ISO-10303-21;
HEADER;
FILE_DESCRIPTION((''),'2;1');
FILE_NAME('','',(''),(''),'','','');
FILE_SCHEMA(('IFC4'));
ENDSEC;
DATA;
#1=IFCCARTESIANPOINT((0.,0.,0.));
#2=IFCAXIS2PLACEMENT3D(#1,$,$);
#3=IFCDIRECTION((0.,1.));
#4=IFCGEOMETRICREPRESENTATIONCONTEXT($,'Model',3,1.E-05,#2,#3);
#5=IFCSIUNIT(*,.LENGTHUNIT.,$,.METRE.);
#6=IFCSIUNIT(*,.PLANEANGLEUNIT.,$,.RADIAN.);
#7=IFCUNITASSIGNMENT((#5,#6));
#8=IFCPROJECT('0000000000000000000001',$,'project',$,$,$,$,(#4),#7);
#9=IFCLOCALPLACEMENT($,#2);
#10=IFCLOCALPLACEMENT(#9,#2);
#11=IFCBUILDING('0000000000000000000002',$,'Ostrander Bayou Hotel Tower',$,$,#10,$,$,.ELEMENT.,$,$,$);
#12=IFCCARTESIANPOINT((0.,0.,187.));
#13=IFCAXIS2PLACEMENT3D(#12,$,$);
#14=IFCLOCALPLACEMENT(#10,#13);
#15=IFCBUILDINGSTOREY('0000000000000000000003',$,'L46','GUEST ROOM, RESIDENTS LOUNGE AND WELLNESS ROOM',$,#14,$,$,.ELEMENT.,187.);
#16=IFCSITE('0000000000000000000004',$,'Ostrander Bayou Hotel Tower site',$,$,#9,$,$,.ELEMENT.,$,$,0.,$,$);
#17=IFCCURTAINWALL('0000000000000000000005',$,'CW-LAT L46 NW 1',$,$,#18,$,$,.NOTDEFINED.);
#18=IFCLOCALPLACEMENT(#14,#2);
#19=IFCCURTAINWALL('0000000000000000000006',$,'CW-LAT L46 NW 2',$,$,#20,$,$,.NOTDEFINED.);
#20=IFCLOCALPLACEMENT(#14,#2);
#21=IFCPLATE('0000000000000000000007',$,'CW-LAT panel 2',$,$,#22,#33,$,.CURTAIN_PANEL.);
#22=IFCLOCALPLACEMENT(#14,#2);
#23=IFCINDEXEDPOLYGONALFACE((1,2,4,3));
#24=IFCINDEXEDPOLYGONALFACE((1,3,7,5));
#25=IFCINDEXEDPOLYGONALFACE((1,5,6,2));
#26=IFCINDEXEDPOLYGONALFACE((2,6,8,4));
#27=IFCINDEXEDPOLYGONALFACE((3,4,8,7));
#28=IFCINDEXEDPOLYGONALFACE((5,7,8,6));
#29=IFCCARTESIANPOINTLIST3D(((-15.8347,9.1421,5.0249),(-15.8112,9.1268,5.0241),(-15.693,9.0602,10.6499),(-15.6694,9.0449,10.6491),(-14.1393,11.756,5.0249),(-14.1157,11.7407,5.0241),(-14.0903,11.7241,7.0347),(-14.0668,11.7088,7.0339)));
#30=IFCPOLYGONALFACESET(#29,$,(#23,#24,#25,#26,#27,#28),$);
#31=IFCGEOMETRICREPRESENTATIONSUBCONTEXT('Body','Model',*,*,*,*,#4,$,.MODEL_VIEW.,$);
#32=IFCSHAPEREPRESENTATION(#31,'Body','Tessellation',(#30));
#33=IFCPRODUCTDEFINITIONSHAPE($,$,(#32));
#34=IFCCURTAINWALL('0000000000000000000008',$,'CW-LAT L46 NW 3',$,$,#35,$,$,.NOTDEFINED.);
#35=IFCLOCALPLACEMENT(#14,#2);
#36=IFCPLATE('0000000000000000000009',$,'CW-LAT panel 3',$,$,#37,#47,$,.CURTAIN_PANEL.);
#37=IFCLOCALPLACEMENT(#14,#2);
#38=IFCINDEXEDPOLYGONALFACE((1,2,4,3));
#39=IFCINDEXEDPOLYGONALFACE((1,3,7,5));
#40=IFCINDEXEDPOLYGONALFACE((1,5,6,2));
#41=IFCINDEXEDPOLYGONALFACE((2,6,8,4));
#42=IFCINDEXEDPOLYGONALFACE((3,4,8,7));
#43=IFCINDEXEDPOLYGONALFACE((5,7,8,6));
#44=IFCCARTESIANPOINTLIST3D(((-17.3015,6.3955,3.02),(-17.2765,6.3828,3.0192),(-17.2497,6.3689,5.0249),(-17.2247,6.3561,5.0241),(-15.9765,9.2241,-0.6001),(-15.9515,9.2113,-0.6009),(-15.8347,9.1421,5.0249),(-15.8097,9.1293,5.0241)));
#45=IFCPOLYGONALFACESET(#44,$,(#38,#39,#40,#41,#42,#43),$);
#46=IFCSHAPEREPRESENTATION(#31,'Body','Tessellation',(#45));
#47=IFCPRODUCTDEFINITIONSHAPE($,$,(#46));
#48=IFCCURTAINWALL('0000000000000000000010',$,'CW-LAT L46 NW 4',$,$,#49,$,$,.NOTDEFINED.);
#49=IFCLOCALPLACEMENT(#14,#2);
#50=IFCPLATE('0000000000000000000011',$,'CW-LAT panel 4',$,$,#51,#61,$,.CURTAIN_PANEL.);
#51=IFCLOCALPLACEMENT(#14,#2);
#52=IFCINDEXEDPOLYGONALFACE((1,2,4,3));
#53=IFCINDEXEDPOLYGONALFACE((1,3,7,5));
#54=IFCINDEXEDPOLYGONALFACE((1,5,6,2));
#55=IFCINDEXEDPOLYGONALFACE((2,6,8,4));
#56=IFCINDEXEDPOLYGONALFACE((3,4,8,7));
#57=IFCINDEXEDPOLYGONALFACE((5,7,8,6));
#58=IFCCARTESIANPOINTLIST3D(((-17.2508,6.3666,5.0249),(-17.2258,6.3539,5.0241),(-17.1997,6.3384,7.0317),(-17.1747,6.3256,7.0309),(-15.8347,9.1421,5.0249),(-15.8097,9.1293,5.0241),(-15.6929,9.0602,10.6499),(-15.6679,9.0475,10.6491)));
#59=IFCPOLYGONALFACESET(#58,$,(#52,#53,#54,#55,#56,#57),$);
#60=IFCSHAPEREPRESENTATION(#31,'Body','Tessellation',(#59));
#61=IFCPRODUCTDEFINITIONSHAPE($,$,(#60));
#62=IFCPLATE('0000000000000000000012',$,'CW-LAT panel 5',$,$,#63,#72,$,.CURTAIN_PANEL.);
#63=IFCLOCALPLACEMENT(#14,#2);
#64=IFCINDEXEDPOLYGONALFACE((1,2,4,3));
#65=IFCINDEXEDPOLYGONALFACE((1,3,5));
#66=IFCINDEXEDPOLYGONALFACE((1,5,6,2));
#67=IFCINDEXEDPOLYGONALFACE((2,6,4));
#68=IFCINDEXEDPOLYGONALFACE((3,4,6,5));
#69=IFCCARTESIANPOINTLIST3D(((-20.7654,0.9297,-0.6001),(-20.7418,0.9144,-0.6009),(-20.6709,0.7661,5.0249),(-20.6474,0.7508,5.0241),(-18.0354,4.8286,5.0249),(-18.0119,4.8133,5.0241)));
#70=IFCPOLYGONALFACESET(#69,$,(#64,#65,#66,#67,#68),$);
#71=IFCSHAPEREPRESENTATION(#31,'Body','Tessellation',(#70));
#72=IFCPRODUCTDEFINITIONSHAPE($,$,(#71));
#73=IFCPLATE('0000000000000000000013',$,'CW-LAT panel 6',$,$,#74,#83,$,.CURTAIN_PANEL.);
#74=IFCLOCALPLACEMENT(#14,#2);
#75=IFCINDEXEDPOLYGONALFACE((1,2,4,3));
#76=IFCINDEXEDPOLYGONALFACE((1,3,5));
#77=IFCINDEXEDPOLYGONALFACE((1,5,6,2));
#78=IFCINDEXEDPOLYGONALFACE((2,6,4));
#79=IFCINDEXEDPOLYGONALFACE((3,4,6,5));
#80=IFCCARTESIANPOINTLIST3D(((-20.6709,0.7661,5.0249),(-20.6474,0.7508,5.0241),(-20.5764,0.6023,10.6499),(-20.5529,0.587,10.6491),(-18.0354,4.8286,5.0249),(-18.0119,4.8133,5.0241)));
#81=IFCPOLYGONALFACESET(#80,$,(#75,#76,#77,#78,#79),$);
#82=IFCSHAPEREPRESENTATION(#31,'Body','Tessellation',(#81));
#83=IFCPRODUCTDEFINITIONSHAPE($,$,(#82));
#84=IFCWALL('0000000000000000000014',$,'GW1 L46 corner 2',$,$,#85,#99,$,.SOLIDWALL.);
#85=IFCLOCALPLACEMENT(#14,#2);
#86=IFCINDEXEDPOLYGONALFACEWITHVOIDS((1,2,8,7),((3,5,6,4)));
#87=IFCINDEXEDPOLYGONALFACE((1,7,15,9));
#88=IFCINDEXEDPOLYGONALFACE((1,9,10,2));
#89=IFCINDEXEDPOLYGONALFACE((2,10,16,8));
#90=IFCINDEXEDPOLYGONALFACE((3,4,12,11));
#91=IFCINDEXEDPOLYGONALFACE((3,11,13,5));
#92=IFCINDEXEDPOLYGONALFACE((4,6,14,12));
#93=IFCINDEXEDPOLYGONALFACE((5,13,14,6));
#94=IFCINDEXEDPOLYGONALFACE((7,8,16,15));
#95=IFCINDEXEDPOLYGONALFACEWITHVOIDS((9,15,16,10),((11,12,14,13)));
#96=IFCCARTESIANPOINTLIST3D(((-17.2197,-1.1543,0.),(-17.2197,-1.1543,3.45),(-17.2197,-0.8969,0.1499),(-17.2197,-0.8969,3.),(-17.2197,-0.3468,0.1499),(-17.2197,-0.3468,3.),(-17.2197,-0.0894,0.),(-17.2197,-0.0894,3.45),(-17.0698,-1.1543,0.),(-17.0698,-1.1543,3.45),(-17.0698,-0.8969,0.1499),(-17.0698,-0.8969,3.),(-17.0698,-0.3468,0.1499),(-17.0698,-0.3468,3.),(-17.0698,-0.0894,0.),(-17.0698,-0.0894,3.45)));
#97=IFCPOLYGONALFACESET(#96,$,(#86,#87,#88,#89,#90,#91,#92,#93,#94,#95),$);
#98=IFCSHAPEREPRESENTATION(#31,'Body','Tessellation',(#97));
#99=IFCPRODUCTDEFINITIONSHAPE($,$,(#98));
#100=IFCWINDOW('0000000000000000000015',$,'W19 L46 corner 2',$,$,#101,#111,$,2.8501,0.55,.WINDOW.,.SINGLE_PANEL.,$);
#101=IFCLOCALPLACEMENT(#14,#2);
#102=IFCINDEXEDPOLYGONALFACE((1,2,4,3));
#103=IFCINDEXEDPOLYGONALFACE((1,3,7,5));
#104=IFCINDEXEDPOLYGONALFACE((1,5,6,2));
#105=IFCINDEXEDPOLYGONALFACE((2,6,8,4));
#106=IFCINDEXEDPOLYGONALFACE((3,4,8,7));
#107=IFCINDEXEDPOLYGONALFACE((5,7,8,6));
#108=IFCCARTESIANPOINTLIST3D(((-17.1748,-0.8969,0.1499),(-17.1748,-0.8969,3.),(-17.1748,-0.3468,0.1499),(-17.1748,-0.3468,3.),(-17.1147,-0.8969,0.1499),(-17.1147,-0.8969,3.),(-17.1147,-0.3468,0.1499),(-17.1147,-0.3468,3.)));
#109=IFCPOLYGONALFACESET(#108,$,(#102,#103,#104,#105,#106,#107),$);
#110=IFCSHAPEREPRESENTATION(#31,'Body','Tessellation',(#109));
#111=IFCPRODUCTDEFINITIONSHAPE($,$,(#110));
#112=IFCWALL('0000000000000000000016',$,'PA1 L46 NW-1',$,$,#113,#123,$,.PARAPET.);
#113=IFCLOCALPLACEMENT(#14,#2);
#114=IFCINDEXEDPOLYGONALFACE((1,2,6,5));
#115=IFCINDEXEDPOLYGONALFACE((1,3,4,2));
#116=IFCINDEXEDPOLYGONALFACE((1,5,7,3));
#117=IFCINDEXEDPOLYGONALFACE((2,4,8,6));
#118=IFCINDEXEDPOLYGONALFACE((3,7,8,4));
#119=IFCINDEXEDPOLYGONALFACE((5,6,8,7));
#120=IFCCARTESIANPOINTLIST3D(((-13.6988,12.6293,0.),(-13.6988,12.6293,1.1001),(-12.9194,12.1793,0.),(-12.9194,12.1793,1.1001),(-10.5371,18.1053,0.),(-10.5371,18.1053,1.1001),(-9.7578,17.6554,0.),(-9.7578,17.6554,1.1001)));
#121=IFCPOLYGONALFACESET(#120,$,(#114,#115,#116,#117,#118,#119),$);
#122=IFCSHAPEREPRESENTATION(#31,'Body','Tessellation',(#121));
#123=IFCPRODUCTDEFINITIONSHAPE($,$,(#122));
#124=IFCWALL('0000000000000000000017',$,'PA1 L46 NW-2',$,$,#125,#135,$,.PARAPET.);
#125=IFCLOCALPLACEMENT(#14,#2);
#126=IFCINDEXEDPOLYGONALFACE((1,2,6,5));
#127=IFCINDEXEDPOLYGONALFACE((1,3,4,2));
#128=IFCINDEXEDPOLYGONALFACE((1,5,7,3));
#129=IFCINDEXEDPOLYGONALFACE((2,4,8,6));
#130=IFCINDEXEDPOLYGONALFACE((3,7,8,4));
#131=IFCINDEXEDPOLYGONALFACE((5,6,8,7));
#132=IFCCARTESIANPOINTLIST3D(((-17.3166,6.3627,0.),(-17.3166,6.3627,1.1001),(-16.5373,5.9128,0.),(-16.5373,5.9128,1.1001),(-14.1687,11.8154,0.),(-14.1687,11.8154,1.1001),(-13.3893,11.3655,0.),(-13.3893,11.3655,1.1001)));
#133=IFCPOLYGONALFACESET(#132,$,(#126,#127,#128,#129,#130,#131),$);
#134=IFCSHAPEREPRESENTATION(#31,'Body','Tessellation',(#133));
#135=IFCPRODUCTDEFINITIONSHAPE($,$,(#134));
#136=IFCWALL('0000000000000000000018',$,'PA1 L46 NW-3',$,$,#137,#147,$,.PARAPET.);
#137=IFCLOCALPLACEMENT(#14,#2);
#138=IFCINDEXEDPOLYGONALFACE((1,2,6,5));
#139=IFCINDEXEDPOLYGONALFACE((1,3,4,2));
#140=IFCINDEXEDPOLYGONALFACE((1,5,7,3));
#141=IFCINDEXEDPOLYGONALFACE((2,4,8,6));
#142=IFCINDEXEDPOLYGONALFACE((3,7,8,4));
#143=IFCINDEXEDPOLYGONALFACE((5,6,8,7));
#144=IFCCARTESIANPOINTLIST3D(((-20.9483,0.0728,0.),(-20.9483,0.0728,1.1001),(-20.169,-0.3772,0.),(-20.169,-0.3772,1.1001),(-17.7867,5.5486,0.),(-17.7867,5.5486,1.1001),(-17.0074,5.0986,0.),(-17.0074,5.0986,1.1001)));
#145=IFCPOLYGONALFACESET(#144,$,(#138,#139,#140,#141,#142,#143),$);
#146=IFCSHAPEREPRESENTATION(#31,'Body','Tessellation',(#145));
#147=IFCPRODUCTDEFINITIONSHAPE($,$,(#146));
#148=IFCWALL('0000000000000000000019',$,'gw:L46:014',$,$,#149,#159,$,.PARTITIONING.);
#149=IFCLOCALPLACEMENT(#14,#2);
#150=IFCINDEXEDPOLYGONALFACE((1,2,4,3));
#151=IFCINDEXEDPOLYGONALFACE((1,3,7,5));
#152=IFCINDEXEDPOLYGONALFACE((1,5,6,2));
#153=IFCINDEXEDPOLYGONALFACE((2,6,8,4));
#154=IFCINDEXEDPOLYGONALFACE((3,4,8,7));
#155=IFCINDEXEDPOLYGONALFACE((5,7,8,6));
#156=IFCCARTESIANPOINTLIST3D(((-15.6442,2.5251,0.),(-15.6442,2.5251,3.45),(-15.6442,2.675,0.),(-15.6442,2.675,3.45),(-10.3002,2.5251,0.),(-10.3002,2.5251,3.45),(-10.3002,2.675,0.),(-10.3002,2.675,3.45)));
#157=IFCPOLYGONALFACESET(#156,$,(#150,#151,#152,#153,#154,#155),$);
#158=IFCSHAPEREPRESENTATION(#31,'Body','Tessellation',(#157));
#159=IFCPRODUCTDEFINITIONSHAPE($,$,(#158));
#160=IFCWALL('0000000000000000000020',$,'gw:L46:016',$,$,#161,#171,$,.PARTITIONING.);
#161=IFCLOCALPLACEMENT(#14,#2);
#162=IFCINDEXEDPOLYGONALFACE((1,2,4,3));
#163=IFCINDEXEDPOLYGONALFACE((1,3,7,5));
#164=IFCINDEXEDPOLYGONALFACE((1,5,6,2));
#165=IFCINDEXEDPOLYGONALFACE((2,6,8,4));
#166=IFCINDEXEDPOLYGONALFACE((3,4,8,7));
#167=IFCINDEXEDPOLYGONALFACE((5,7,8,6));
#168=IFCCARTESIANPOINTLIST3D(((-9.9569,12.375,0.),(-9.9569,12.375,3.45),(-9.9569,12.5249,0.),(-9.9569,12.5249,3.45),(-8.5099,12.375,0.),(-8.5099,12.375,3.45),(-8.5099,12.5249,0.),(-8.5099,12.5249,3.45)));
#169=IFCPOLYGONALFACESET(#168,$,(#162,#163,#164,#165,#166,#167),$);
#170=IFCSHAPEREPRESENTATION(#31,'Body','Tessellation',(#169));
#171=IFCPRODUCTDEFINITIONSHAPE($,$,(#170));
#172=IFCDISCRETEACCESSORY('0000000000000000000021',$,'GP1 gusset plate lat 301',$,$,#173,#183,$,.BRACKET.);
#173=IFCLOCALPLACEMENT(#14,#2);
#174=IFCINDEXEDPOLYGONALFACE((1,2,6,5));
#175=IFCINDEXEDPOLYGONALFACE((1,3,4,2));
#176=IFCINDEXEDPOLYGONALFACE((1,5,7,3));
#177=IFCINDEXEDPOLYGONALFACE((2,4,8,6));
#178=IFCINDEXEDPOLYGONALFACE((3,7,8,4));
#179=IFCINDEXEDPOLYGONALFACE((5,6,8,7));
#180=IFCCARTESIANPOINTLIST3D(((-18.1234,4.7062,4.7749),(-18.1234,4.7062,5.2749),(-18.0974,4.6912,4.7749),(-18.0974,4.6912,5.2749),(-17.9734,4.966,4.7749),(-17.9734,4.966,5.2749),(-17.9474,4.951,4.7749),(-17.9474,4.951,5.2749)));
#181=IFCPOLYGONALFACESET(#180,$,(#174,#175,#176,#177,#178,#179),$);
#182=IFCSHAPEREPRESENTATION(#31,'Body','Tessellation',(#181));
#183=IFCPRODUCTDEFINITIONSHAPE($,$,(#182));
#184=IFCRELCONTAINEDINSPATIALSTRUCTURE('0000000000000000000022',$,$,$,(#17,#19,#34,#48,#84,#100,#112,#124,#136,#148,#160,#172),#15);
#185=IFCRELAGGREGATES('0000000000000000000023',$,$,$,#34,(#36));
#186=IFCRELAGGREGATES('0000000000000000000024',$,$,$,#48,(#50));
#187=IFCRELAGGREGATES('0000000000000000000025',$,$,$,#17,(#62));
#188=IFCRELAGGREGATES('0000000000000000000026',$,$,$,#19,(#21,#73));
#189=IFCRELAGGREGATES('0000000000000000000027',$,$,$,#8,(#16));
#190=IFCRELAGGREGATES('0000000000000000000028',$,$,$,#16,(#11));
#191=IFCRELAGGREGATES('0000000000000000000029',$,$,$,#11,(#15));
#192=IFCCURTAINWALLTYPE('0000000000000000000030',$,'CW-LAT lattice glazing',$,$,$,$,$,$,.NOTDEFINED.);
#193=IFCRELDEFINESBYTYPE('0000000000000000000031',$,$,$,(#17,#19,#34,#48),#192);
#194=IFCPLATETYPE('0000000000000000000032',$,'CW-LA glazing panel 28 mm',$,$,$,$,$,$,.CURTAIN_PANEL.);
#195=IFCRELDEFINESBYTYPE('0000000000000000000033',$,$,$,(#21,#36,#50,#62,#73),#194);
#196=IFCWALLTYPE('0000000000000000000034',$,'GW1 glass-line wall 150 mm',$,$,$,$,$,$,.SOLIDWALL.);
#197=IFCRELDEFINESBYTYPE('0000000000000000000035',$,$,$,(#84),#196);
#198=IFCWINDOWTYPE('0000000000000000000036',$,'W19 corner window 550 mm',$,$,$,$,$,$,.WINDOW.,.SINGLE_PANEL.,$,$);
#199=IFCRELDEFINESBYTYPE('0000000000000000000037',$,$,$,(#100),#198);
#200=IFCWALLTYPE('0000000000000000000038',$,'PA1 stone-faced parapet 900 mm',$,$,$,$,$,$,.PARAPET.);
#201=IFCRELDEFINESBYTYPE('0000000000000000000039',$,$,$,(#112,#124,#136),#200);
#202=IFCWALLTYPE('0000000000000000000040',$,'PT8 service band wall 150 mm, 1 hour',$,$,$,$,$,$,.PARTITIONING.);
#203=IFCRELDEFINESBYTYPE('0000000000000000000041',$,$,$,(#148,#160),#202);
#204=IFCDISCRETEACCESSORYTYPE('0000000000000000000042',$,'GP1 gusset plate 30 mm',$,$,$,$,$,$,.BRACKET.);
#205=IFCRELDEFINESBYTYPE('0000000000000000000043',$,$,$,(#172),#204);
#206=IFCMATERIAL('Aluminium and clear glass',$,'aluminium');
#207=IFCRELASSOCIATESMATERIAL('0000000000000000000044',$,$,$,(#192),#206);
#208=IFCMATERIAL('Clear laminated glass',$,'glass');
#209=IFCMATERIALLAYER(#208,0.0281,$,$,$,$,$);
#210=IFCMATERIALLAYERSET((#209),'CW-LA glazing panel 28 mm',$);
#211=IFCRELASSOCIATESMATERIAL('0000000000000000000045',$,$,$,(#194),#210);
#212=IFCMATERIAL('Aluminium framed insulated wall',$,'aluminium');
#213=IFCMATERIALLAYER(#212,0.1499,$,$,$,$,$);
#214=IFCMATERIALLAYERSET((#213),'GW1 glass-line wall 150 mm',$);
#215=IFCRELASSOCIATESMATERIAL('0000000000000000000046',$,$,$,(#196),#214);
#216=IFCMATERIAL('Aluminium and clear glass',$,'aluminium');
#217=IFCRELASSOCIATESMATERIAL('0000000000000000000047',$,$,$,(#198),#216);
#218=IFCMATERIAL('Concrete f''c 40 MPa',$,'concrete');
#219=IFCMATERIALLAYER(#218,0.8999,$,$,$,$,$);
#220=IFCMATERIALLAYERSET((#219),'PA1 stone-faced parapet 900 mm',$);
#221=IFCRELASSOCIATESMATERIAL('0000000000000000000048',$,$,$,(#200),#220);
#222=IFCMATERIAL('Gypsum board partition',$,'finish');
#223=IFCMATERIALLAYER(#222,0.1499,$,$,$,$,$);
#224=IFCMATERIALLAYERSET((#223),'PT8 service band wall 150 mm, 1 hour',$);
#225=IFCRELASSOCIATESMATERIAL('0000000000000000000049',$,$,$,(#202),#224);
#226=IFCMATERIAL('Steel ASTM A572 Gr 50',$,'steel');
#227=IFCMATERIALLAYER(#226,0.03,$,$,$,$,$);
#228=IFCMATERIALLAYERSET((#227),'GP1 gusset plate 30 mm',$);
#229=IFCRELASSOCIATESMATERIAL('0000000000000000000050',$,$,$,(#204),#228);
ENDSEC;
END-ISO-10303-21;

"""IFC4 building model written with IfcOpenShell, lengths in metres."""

from ifc_helpers import new_model, si_unit, direction, frame, frame_2d, origin, origin_2d, place, context, subcontext, project, spatial, polyline, rectangle, outline, extrude, material, layer, layer_set, type_object, element, fill, aggregate, save


model = new_model("IFC4")

# Units and contexts
model_context = context("Model", 3, precision=1e-05, world=origin(), true_north=direction((0.0, 1.0)))
body_context = subcontext(model_context, "Body", "Model", "MODEL_VIEW")
ifc_project = project(units=[si_unit("LENGTHUNIT", "METRE"), si_unit("PLANEANGLEUNIT", "RADIAN")], contexts=[model_context])

# Site, building, storey
site_placement = place(None, origin())
site = spatial("IfcSite", under=ifc_project, at=site_placement, Name="Ostrander Bayou Hotel Tower site", CompositionType="ELEMENT", RefElevation=0.0)
building_placement = place(site_placement, origin())
building = spatial("IfcBuilding", under=site, at=building_placement, Name="Ostrander Bayou Hotel Tower", CompositionType="ELEMENT")
storey_placement = place(building_placement, frame((0.0, 0.0, 187.0)))
storey = spatial("IfcBuildingStorey", under=building, at=storey_placement, Name="L46", Description="GUEST ROOM, RESIDENTS LOUNGE AND WELLNESS ROOM", CompositionType="ELEMENT", Elevation=187.0)

# Curtain walls
ifc_material_1 = material(Name="Aluminium and clear glass", Category="aluminium")
curtain_wall_type = type_object("IfcCurtainWallType", Name="CW-LAT lattice glazing", PredefinedType="NOTDEFINED", material=ifc_material_1)
curtain_wall_1_placement = place(storey_placement, origin())
curtain_wall_1 = element("IfcCurtainWall", 1, at=curtain_wall_1_placement, inside=storey, type_object=curtain_wall_type, Name="CW-LAT L46 NW 1", PredefinedType="NOTDEFINED")
curtain_wall_2_placement = place(storey_placement, origin())
curtain_wall_2 = element("IfcCurtainWall", 2, at=curtain_wall_2_placement, inside=storey, type_object=curtain_wall_type, Name="CW-LAT L46 NW 2", PredefinedType="NOTDEFINED")

# Plate
ifc_material_2 = material(Name="Clear laminated glass", Category="glass")
ifc_layer_1 = layer(ifc_material_2, 0.0281)
ifc_layer_set_1 = layer_set([ifc_layer_1], Name="CW-LA glazing panel 28 mm")
plate_type = type_object("IfcPlateType", Name="CW-LA glazing panel 28 mm", PredefinedType="CURTAIN_PANEL", material=ifc_layer_set_1)
plate_1_placement = place(storey_placement, frame((-14.0903, 11.7241, 7.0347), z_axis=(-0.838617, 0.543947, 0.02905), x_axis=(-0.336118, -0.558694, 0.758212)))
plate_1 = element("IfcPlate", 3, at=plate_1_placement, type_object=plate_type, Name="CW-LAT panel 2", PredefinedType="CURTAIN_PANEL", context=body_context, shape_type="SweptSolid", body=[
    extrude(outline(polyline([(0.0, 0.0), (4.7681, 0.0), (0.5051, -3.6734), (-1.5252, -1.3101), (0.0, 0.0)])), origin(), (0.0, 0.0, -1.0), 0.0281),
])

# Curtain walls, plates
curtain_wall_3_placement = place(storey_placement, origin())
curtain_wall_3 = element("IfcCurtainWall", 4, at=curtain_wall_3_placement, inside=storey, type_object=curtain_wall_type, Name="CW-LAT L46 NW 3", PredefinedType="NOTDEFINED")
plate_2_placement = place(storey_placement, frame((-17.3015, 6.3955, 3.02), z_axis=(-0.89038, 0.454289, 0.029062), x_axis=(0.277122, 0.591578, -0.757125)))
plate_2 = element("IfcPlate", 5, at=plate_2_placement, type_object=plate_type, Name="CW-LAT panel 3", PredefinedType="CURTAIN_PANEL", context=body_context, shape_type="SweptSolid", body=[
    extrude(outline(polyline([(0.0, 0.0), (4.7814, 0.0), (0.5134, -3.6676), (-1.5193, -1.3094), (0.0, 0.0)])), origin(), (0.0, 0.0, -1.0), 0.0281),
])
aggregate(curtain_wall_3, [plate_2])
curtain_wall_4_placement = place(storey_placement, origin())
curtain_wall_4 = element("IfcCurtainWall", 6, at=curtain_wall_4_placement, inside=storey, type_object=curtain_wall_type, Name="CW-LAT L46 NW 4", PredefinedType="NOTDEFINED")
plate_3_placement = place(storey_placement, frame((-17.1997, 6.3384, 7.0317), z_axis=(-0.890384, 0.454282, 0.029056), x_axis=(0.315768, 0.570403, 0.758242)))
plate_3 = element("IfcPlate", 7, at=plate_3_placement, type_object=plate_type, Name="CW-LAT panel 4", PredefinedType="CURTAIN_PANEL", context=body_context, shape_type="SweptSolid", body=[
    extrude(outline(polyline([(0.0, 0.0), (4.7718, 0.0), (0.5086, 3.6732), (-1.5217, 1.3097), (0.0, 0.0)])), origin(), (0.0, 0.0, -1.0), 0.0281),
])
aggregate(curtain_wall_4, [plate_3])

# Plates
plate_4_placement = place(storey_placement, frame((-18.0354, 4.8286, 5.0249), z_axis=(-0.838552, 0.544, 0.029905), x_axis=(-0.370493, -0.529133, -0.763383)))
plate_4 = element("IfcPlate", 8, at=plate_4_placement, type_object=plate_type, Name="CW-LAT panel 5", PredefinedType="CURTAIN_PANEL", context=body_context, shape_type="SweptSolid", body=[
    extrude(outline(polyline([(0.0, 0.0), (7.3685, 0.0), (3.126, 3.6983), (0.0, 0.0)])), origin(), (0.0, 0.0, -1.0), 0.0281),
])
aggregate(curtain_wall_1, [plate_4])
plate_5_placement = place(storey_placement, frame((-18.0354, 4.8286, 5.0249), z_axis=(-0.838551, 0.544, 0.029928), x_axis=(-0.339681, -0.564972, 0.751947)))
plate_5 = element("IfcPlate", 9, at=plate_5_placement, type_object=plate_type, Name="CW-LAT panel 6", PredefinedType="CURTAIN_PANEL", context=body_context, shape_type="SweptSolid", body=[
    extrude(outline(polyline([(0.0, 0.0), (7.4806, 0.0), (3.1904, -3.6429), (0.0, 0.0)])), origin(), (0.0, 0.0, -1.0), 0.0281),
])
aggregate(curtain_wall_2, [plate_1, plate_5])

# Wall, opening, window
ifc_material_3 = material(Name="Aluminium framed insulated wall", Category="aluminium")
ifc_layer_2 = layer(ifc_material_3, 0.1499)
ifc_layer_set_2 = layer_set([ifc_layer_2], Name="GW1 glass-line wall 150 mm")
wall_type_1 = type_object("IfcWallType", Name="GW1 glass-line wall 150 mm", PredefinedType="SOLIDWALL", material=ifc_layer_set_2)
wall_1_placement = place(storey_placement, frame((-17.1448, -0.0894, 0.0), z_axis=(0.0, 0.0, 1.0), x_axis=(0.0, -1.0, 0.0)))
wall_1 = element("IfcWall", 10, at=wall_1_placement, inside=storey, type_object=wall_type_1, Name="GW1 L46 corner 2", PredefinedType="SOLIDWALL", context=body_context, shape_type="SweptSolid", body=[
    extrude(rectangle(XDim=1.0649, YDim=0.1499, at=frame_2d((0.5325, 0.0))), origin(), (0.0, 0.0, 1.0), 3.45),
])
opening_placement = place(wall_1_placement, frame((0.2576, 0.0, 0.1499)))
opening = element("IfcOpeningElement", 11, at=opening_placement, cuts=wall_1, PredefinedType="OPENING", context=body_context, shape_type="SweptSolid", body=[
    extrude(rectangle(XDim=0.55, YDim=2.8501, at=frame_2d((0.2749, 1.425))), frame((0.0, 0.075, 0.0), z_axis=(0.0, -1.0, 0.0), x_axis=(1.0, 0.0, 0.0)), (0.0, 0.0, 1.0), 0.1499),
])
ifc_material_4 = material(Name="Aluminium and clear glass", Category="aluminium")
window_type = type_object("IfcWindowType", Name="W19 corner window 550 mm", PartitioningType="SINGLE_PANEL", PredefinedType="WINDOW", material=ifc_material_4)
window_placement = place(opening_placement, origin())
window = element("IfcWindow", 12, at=window_placement, inside=storey, type_object=window_type, Name="W19 L46 corner 2", OverallHeight=2.8501, OverallWidth=0.55, PartitioningType="SINGLE_PANEL", PredefinedType="WINDOW", context=body_context, shape_type="SweptSolid", body=[
    extrude(rectangle(XDim=0.55, YDim=2.8501, at=frame_2d((0.2749, 1.425))), frame((0.0, 0.03, 0.0), z_axis=(0.0, -1.0, 0.0), x_axis=(1.0, 0.0, 0.0)), (0.0, 0.0, 1.0), 0.0601),
])
fill(opening, window)

# Walls
ifc_material_5 = material(Name="Concrete f'c 40 MPa", Category="concrete")
ifc_layer_3 = layer(ifc_material_5, 0.8999)
ifc_layer_set_3 = layer_set([ifc_layer_3], Name="PA1 stone-faced parapet 900 mm")
wall_type_2 = type_object("IfcWallType", Name="PA1 stone-faced parapet 900 mm", PredefinedType="PARAPET", material=ifc_layer_set_3)
wall_2_placement = place(storey_placement, frame((-10.1475, 17.8804, 0.0), z_axis=(0.0, 0.0, 1.0), x_axis=(-0.500001, -0.866025, 0.0)))
element("IfcWall", 13, at=wall_2_placement, inside=storey, type_object=wall_type_2, Name="PA1 L46 NW-1", PredefinedType="PARAPET", context=body_context, shape_type="SweptSolid", body=[
    extrude(rectangle(XDim=6.3232, YDim=0.8999, at=frame_2d((3.1616, 0.0))), origin(), (0.0, 0.0, 1.0), 1.1001),
])
wall_3_placement = place(storey_placement, frame((-13.7791, 11.5903, 0.0), z_axis=(0.0, 0.0, 1.0), x_axis=(-0.499984, -0.866034, 0.0)))
element("IfcWall", 14, at=wall_3_placement, inside=storey, type_object=wall_type_2, Name="PA1 L46 NW-2", PredefinedType="PARAPET", context=body_context, shape_type="SweptSolid", body=[
    extrude(rectangle(XDim=6.2961, YDim=0.8999, at=frame_2d((3.1479, 0.0))), origin(), (0.0, 0.0, 1.0), 1.1001),
])
wall_4_placement = place(storey_placement, frame((-17.397, 5.3237, 0.0), z_axis=(0.0, 0.0, 1.0), x_axis=(-0.500018, -0.866015, 0.0)))
element("IfcWall", 15, at=wall_4_placement, inside=storey, type_object=wall_type_2, Name="PA1 L46 NW-3", PredefinedType="PARAPET", context=body_context, shape_type="SweptSolid", body=[
    extrude(rectangle(XDim=6.323, YDim=0.8999, at=frame_2d((3.1616, 0.0))), origin(), (0.0, 0.0, 1.0), 1.1001),
])
ifc_material_6 = material(Name="Gypsum board partition", Category="finish")
ifc_layer_4 = layer(ifc_material_6, 0.1499)
ifc_layer_set_4 = layer_set([ifc_layer_4], Name="PT8 service band wall 150 mm, 1 hour")
wall_type_3 = type_object("IfcWallType", Name="PT8 service band wall 150 mm, 1 hour", PredefinedType="PARTITIONING", material=ifc_layer_set_4)
wall_5_placement = place(storey_placement, frame((-15.644, 2.6001, 0.0), z_axis=(0.0, 0.0, 1.0), x_axis=(1.0, 0.0, 0.0)))
element("IfcWall", 16, at=wall_5_placement, inside=storey, type_object=wall_type_3, Name="gw:L46:014", PredefinedType="PARTITIONING", context=body_context, shape_type="SweptSolid", body=[
    extrude(rectangle(XDim=5.344, YDim=0.1499, at=frame_2d((2.6719, 0.0))), origin(), (0.0, 0.0, 1.0), 3.45),
])
wall_6_placement = place(storey_placement, frame((-9.957, 12.45, 0.0), z_axis=(0.0, 0.0, 1.0), x_axis=(1.0, 0.0, 0.0)))
element("IfcWall", 17, at=wall_6_placement, inside=storey, type_object=wall_type_3, Name="gw:L46:016", PredefinedType="PARTITIONING", context=body_context, shape_type="SweptSolid", body=[
    extrude(rectangle(XDim=1.447, YDim=0.1499, at=frame_2d((0.7236, 0.0))), origin(), (0.0, 0.0, 1.0), 3.45),
])

# Discrete accessory
ifc_material_7 = material(Name="Steel ASTM A572 Gr 50", Category="steel")
ifc_layer_5 = layer(ifc_material_7, 0.03)
ifc_layer_set_5 = layer_set([ifc_layer_5], Name="GP1 gusset plate 30 mm")
discrete_accessory_type = type_object("IfcDiscreteAccessoryType", Name="GP1 gusset plate 30 mm", PredefinedType="BRACKET", material=ifc_layer_set_5)
for number, where, z_axis, x_axis, name in (
    (18, (-18.0354, 4.8286, 4.7749), (0.0, 0.0, 1.0), (-0.5, -0.866025, 0.0), "GP1 gusset plate lat 301"),
):
    element("IfcDiscreteAccessory", number, at=place(storey_placement, frame(where, z_axis=z_axis, x_axis=x_axis)), inside=storey, type_object=discrete_accessory_type, Name=name, PredefinedType="BRACKET", context=body_context, shape_type="SweptSolid", body=[
        extrude(rectangle(XDim=0.3, YDim=0.03, at=origin_2d()), origin(), (0.0, 0.0, 1.0), 0.5),
    ])

save(model, "model.ifc")
